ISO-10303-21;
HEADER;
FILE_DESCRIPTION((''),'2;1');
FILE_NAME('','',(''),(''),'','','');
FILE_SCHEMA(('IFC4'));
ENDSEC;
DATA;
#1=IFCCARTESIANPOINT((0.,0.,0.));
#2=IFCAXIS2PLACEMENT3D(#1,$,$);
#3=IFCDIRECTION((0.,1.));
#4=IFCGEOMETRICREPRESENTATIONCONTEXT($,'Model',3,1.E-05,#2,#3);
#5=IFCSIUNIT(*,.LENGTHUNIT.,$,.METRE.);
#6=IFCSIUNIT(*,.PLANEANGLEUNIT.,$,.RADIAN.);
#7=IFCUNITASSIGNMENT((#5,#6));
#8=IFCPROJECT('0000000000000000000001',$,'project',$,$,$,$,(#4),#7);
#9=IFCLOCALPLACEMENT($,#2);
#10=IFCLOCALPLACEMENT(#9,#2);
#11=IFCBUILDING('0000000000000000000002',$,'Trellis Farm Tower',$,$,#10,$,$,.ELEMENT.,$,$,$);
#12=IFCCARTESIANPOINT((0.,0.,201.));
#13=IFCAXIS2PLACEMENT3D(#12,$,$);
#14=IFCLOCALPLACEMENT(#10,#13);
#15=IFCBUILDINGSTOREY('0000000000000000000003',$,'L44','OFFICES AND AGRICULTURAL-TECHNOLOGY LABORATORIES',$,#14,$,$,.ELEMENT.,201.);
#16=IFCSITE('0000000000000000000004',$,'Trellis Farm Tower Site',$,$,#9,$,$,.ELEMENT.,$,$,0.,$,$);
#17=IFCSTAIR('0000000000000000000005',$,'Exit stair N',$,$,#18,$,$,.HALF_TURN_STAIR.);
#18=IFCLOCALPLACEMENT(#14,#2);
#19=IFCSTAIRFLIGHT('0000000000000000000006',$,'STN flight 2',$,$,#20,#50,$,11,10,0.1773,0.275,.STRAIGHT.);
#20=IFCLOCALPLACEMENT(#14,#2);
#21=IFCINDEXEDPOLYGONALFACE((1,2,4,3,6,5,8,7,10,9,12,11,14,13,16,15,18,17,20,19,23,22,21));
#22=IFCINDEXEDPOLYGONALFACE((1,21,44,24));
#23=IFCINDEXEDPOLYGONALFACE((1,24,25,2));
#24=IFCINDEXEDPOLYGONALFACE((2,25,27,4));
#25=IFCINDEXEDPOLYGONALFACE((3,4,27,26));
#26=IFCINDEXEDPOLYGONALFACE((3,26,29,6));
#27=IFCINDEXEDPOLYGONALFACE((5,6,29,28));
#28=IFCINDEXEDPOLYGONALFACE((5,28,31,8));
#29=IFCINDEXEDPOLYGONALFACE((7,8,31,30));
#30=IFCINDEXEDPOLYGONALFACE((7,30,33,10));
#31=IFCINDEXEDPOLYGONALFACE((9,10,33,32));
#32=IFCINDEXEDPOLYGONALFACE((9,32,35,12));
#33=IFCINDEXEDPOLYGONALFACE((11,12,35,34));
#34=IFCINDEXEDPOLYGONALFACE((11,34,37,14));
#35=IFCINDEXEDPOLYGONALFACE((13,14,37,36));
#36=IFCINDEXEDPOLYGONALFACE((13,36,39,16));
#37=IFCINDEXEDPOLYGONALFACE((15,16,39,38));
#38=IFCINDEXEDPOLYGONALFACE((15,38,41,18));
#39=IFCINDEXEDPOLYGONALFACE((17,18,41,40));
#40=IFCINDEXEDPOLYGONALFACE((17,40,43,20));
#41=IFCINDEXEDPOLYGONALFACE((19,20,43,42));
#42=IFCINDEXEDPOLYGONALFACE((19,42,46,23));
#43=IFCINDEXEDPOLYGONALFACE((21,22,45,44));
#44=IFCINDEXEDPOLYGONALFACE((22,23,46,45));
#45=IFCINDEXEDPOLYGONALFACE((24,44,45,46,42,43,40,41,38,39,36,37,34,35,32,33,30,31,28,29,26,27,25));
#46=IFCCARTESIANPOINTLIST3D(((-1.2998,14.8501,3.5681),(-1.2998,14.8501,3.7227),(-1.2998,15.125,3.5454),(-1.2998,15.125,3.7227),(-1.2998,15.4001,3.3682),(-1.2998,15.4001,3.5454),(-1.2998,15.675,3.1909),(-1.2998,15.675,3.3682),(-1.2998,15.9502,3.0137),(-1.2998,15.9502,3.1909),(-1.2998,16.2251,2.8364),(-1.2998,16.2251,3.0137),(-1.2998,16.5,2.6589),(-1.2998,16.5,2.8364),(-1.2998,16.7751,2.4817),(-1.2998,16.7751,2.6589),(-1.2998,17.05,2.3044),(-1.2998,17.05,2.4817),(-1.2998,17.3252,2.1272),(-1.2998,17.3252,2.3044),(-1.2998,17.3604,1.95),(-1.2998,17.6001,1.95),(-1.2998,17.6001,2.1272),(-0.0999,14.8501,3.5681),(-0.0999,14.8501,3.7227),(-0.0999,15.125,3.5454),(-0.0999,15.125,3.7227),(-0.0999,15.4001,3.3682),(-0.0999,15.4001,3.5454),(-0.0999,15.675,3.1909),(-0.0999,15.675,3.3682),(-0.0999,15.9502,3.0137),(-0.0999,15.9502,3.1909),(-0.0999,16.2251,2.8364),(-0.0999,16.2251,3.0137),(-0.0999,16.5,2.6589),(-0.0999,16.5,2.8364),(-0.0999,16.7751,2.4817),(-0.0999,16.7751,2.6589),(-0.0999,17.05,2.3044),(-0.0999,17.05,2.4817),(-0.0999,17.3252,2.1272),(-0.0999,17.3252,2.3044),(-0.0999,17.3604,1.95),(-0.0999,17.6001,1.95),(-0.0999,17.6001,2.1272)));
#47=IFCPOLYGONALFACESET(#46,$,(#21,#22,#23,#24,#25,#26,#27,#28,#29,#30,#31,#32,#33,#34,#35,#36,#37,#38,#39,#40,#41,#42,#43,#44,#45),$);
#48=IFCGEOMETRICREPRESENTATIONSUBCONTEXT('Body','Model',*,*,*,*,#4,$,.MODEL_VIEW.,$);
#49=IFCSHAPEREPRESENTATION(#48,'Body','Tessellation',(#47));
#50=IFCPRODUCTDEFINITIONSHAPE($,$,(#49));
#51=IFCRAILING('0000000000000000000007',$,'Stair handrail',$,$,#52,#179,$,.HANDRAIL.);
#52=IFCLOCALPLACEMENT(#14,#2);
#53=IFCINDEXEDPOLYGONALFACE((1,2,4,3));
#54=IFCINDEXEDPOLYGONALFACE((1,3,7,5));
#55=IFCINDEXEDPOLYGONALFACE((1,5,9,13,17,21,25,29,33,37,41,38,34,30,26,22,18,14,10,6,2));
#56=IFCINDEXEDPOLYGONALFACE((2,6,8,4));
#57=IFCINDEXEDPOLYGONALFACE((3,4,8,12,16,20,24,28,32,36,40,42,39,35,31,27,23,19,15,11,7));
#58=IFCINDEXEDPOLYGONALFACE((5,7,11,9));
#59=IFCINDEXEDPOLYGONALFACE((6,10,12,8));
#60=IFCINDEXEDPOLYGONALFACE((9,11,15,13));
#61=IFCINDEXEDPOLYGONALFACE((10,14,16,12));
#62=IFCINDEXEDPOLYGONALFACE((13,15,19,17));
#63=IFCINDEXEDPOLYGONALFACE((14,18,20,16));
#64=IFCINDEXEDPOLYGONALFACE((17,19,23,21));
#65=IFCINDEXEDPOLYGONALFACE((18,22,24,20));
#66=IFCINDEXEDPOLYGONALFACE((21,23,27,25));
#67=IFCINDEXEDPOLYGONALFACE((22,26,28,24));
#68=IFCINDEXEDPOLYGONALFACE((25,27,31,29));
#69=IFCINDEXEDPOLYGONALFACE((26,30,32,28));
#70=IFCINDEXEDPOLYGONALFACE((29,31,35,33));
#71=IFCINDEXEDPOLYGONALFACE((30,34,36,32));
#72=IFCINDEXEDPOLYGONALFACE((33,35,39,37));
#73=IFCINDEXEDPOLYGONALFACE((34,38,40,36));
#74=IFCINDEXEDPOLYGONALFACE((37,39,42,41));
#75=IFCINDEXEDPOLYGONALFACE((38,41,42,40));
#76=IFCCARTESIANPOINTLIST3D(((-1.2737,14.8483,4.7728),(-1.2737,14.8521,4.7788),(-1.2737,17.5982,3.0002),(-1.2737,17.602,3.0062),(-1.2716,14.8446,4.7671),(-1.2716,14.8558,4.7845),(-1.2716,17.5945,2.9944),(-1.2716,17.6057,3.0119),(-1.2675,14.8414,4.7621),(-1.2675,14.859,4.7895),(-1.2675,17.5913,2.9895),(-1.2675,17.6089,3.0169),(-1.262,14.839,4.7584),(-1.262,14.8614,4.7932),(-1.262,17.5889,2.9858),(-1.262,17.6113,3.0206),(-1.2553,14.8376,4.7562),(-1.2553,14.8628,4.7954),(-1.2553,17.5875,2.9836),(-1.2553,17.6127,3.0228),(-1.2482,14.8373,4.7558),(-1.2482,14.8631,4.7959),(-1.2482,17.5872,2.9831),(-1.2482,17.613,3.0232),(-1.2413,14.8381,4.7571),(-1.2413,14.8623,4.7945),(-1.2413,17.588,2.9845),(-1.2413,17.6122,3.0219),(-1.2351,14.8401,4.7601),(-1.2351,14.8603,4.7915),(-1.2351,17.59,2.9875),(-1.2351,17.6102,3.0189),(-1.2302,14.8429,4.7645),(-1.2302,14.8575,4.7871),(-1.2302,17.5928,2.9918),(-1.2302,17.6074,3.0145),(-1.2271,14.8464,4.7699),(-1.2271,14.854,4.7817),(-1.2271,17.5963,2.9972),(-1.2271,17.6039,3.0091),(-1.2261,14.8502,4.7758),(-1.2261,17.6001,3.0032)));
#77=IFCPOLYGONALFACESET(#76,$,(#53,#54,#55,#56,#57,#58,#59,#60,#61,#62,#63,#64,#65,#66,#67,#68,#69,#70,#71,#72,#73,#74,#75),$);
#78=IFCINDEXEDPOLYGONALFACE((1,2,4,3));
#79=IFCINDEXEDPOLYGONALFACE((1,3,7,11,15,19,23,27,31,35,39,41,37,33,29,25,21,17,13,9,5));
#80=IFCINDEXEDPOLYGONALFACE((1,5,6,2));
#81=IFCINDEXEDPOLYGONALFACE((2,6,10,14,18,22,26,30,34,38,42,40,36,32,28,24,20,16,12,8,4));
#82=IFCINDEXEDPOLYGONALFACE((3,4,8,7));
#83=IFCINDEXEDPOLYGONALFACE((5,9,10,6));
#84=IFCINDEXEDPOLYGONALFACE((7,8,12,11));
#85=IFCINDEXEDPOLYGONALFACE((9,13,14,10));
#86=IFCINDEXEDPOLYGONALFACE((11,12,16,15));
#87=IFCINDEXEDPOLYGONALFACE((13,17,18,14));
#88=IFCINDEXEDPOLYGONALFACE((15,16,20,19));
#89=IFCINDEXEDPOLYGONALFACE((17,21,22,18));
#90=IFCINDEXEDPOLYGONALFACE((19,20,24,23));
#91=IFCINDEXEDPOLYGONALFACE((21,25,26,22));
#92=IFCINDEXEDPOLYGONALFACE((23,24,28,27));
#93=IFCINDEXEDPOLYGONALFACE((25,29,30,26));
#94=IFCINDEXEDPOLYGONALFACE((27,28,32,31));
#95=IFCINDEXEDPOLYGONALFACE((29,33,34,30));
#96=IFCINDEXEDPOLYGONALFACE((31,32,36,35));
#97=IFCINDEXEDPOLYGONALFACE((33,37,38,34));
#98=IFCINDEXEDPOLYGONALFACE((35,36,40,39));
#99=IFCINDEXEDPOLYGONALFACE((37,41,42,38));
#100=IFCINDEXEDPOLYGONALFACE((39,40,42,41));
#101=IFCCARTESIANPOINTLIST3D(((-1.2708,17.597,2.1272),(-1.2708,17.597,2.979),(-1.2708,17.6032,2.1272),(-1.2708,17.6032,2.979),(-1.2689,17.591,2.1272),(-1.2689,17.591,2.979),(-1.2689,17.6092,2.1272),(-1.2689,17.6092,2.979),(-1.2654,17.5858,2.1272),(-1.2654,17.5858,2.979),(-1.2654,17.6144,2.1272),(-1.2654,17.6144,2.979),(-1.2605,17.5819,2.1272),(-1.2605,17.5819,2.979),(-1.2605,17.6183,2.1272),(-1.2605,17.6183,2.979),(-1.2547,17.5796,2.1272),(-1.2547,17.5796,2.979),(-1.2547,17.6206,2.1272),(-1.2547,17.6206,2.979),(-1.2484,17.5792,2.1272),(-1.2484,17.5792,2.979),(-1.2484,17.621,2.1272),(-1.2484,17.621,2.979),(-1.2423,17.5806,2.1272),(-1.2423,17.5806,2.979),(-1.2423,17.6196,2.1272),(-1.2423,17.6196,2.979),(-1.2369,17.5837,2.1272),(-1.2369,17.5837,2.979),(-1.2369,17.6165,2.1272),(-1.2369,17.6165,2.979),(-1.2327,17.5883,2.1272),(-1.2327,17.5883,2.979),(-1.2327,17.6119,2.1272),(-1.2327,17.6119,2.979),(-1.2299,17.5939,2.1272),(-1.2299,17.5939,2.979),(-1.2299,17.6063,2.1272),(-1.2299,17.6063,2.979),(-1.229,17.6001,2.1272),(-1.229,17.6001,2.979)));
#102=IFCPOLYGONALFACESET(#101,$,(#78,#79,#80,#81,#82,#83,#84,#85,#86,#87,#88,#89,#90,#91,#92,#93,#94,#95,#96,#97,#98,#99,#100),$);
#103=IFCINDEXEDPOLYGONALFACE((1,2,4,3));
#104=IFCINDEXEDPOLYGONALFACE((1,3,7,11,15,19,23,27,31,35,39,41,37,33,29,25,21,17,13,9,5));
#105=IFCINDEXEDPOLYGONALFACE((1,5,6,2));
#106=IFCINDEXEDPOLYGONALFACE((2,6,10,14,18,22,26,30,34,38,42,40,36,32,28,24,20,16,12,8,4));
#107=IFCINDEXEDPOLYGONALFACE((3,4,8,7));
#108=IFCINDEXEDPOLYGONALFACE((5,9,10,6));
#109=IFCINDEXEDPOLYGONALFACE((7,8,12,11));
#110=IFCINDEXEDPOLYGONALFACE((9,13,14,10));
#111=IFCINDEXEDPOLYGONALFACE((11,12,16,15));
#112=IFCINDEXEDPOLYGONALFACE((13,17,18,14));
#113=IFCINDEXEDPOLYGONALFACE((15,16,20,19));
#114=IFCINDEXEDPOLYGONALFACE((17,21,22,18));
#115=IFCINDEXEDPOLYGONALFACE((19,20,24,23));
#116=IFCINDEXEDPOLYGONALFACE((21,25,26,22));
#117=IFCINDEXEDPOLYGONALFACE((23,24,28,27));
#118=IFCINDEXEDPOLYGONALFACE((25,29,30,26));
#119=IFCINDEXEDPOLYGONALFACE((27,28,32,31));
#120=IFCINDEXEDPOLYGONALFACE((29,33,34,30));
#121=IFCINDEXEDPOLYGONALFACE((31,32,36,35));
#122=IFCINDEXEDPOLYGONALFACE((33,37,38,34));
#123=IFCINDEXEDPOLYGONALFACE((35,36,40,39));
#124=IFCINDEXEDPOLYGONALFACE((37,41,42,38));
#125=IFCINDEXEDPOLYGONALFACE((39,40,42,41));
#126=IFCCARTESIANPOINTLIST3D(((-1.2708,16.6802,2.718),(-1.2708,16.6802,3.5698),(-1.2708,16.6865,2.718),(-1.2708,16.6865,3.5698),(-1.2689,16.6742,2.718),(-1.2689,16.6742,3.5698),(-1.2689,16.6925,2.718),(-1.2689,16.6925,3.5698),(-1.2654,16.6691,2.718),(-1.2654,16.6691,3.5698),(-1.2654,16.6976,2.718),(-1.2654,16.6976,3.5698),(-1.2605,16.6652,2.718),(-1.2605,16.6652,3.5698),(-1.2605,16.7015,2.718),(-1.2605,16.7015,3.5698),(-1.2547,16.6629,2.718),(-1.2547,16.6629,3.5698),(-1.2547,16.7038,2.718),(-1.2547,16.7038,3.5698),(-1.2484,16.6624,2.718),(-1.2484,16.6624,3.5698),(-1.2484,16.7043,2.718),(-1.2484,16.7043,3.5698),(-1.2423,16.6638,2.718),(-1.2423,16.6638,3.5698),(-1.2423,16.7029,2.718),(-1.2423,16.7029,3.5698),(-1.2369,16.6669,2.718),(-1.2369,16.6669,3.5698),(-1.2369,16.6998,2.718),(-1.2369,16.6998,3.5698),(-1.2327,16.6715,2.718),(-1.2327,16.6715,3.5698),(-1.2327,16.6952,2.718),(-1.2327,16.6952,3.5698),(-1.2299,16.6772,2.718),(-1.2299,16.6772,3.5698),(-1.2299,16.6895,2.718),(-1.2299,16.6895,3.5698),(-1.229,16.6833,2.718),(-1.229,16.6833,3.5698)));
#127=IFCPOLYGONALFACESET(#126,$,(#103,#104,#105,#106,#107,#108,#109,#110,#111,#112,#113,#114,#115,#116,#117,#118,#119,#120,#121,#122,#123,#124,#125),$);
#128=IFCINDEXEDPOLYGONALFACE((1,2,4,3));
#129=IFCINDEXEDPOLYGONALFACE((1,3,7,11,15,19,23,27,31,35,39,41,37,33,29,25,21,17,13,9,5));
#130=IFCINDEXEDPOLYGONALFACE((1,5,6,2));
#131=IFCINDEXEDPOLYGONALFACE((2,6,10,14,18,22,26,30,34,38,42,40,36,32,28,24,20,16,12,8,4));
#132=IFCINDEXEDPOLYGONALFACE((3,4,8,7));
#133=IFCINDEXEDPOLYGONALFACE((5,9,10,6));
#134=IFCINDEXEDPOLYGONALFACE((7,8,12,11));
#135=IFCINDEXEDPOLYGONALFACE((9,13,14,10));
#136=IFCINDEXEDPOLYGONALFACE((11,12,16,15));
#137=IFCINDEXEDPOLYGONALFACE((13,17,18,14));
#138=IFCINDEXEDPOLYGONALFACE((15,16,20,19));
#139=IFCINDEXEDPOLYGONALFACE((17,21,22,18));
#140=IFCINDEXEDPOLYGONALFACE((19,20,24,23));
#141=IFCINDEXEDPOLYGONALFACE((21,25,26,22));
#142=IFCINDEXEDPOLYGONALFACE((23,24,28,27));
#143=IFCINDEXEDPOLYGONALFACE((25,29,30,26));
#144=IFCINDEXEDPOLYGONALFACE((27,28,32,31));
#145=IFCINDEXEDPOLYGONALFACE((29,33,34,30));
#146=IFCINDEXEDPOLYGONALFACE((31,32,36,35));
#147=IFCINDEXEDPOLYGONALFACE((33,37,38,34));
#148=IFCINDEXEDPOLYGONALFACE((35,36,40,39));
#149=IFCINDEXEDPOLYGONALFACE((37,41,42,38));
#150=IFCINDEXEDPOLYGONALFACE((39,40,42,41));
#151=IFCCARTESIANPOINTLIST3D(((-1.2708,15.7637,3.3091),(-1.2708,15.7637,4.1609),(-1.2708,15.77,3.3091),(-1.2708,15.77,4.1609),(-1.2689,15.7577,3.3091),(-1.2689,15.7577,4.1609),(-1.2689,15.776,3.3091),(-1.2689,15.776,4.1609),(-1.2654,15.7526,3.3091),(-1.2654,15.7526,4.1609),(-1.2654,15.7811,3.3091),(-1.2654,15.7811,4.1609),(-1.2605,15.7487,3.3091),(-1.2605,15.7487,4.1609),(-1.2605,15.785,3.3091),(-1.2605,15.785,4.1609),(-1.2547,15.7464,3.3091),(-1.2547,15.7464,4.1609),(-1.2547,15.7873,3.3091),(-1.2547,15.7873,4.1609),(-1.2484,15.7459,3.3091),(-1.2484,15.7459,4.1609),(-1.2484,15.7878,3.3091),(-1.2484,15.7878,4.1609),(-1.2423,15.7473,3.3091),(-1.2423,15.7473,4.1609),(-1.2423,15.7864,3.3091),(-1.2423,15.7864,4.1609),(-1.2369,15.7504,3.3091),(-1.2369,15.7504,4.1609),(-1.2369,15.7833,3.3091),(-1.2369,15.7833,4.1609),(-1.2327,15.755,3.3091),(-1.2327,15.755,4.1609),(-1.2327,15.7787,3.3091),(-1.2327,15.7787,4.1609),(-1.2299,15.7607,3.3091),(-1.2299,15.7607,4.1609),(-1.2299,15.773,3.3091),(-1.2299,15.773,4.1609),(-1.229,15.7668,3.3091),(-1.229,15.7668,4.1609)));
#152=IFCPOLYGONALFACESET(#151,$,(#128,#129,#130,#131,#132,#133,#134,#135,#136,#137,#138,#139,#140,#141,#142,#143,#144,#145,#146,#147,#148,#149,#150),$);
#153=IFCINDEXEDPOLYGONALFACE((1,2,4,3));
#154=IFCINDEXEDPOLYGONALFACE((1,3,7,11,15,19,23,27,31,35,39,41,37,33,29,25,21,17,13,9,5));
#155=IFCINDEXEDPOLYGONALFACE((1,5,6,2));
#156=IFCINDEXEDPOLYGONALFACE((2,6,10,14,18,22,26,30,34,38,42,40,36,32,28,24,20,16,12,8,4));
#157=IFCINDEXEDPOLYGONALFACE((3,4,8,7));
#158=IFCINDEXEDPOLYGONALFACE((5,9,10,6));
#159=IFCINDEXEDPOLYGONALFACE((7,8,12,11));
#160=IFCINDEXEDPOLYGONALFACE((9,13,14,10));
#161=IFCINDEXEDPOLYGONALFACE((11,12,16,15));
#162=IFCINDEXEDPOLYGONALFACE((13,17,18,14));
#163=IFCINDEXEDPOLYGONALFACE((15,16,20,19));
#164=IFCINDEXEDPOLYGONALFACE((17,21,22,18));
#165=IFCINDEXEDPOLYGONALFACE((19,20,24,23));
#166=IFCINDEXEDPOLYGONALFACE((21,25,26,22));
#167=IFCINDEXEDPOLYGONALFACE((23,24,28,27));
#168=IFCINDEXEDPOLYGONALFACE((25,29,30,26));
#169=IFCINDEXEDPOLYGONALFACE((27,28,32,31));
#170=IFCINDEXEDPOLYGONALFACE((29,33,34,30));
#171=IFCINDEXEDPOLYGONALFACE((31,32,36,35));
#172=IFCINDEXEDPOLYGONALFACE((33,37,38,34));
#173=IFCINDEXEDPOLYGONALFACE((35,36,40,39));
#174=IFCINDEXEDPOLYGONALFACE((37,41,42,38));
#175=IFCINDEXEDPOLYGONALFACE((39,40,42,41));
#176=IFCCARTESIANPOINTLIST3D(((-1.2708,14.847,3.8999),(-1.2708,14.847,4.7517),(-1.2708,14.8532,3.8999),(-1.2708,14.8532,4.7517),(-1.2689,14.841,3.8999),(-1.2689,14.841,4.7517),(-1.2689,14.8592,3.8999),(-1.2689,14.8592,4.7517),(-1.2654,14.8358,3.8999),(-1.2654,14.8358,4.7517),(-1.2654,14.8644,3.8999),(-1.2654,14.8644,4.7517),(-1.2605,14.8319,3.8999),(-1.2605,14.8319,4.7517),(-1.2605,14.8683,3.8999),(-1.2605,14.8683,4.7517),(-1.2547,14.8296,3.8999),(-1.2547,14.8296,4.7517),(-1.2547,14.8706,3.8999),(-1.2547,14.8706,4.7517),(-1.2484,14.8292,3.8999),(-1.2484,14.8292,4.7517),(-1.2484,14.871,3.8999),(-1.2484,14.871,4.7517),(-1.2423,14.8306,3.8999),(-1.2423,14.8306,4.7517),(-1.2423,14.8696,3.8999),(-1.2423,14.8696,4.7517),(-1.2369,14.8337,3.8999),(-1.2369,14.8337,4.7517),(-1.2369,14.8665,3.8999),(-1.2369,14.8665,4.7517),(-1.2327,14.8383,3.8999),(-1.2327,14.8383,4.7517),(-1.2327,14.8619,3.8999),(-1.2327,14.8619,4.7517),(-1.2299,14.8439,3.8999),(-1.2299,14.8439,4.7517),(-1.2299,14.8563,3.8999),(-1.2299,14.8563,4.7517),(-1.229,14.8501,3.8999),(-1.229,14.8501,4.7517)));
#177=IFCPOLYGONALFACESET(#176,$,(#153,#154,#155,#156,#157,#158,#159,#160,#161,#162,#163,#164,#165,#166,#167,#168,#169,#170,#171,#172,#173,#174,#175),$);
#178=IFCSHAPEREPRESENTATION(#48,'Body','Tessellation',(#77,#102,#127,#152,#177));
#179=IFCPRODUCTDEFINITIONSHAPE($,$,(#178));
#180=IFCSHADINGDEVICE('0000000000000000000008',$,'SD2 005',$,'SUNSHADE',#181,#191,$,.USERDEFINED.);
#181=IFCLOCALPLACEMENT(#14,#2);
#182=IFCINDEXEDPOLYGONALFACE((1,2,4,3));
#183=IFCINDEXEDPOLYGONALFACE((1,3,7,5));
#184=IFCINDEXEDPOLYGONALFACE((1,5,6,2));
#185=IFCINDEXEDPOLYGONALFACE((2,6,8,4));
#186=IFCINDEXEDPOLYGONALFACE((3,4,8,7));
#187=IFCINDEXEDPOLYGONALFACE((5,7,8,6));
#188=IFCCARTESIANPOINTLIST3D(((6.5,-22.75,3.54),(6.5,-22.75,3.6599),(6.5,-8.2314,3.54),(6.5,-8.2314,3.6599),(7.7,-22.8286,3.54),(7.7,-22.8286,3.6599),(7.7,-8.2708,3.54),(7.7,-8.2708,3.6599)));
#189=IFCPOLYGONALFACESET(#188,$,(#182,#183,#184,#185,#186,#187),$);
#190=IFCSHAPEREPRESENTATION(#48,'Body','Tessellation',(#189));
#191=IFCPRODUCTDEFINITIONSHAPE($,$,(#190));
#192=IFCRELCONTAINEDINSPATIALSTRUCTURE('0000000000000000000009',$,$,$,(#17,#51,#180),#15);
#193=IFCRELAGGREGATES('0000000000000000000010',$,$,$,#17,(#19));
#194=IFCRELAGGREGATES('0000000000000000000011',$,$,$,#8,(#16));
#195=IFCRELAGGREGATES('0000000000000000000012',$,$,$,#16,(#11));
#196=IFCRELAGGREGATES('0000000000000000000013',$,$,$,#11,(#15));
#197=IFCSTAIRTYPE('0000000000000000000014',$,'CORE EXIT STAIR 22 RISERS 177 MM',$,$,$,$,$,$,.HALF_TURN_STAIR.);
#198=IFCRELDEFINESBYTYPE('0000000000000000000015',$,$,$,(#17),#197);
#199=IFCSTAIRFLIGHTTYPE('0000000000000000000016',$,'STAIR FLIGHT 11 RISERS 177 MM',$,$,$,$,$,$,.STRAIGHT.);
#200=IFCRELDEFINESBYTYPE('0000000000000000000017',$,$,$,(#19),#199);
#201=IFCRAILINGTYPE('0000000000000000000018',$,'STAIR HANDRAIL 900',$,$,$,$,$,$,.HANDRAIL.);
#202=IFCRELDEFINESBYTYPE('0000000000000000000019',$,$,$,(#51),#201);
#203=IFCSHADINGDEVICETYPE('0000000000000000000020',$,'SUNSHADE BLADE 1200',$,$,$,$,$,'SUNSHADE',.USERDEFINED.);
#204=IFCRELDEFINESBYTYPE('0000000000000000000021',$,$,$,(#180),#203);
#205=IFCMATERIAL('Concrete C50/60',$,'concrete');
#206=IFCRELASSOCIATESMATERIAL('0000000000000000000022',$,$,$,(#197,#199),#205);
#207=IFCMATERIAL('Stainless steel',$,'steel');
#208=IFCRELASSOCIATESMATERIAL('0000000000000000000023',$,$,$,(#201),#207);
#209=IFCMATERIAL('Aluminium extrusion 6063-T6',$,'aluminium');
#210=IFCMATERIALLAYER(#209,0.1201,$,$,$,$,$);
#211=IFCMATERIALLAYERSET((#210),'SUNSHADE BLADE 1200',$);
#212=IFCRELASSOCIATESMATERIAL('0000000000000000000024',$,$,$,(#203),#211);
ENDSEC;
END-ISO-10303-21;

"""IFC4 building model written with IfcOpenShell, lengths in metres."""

from ifc_helpers import new_model, si_unit, direction, frame, origin, origin_2d, place, context, subcontext, project, spatial, polyline, circle, outline, extrude, source, transform, mapped, material, layer, layer_set, type_object, element, aggregate, save


model = new_model("IFC4")

# Units and contexts
model_context = context("Model", 3, precision=1e-05, world=origin(), true_north=direction((0.0, 1.0)))
body_context = subcontext(model_context, "Body", "Model", "MODEL_VIEW")
ifc_project = project(units=[si_unit("LENGTHUNIT", "METRE"), si_unit("PLANEANGLEUNIT", "RADIAN")], contexts=[model_context])

# Site, building, storey
site_placement = place(None, origin())
site = spatial("IfcSite", under=ifc_project, at=site_placement, Name="Trellis Farm Tower Site", CompositionType="ELEMENT", RefElevation=0.0)
building_placement = place(site_placement, origin())
building = spatial("IfcBuilding", under=site, at=building_placement, Name="Trellis Farm Tower", CompositionType="ELEMENT")
storey_placement = place(building_placement, frame((0.0, 0.0, 201.0)))
storey = spatial("IfcBuildingStorey", under=building, at=storey_placement, Name="L44", Description="OFFICES AND AGRICULTURAL-TECHNOLOGY LABORATORIES", CompositionType="ELEMENT", Elevation=201.0)

# Shared definitions
placement = place(storey_placement, origin())
ifc_material_1 = material(Name="Aluminium extrusion 6063-T6", Category="aluminium")

# Stair, stair flight
ifc_material_2 = material(Name="Concrete C50/60", Category="concrete")
stair_type = type_object("IfcStairType", Name="CORE EXIT STAIR 22 RISERS 177 MM", PredefinedType="HALF_TURN_STAIR", material=ifc_material_2)
stair = element("IfcStair", 1, at=placement, inside=storey, type_object=stair_type, Name="Exit stair N", PredefinedType="HALF_TURN_STAIR")
stair_flight_type = type_object("IfcStairFlightType", Name="STAIR FLIGHT 11 RISERS 177 MM", PredefinedType="STRAIGHT", material=ifc_material_2)
shared_shape_1 = source(origin(), body_context, "Body", "SweptSolid", [
    extrude(outline(polyline([(0.0, 0.0), (0.0, 0.1772), (0.2749, 0.1772), (0.2749, 0.3545), (0.55, 0.3545), (0.55, 0.5317), (0.825, 0.5317), (0.825, 0.709), (1.1001, 0.709), (1.1001, 0.8865), (1.375, 0.8865), (1.375, 1.0637), (1.6499, 1.0637), (1.6499, 1.241), (1.925, 1.241), (1.925, 1.4182), (2.2, 1.4182), (2.2, 1.5955), (2.4751, 1.5955), (2.4751, 1.7727), (2.75, 1.7727), (2.75, 1.95), (2.75, 1.6182), (0.2397, 0.0), (0.0, 0.0)])), frame((0.0, 0.6001, 0.0), z_axis=(0.0, -1.0, 0.0), x_axis=(1.0, 0.0, 0.0)), (0.0, 0.0, 1.0), 1.2),
])
stair_flight_placement = place(storey_placement, frame((-0.7, 17.6001, 1.95), z_axis=(0.0, 0.0, 1.0), x_axis=(0.0, -1.0, 0.0)))
stair_flight = element("IfcStairFlight", 2, at=stair_flight_placement, type_object=stair_flight_type, Name="STN flight 2", NumberOfRisers=11, NumberOfTreads=10, PredefinedType="STRAIGHT", RiserHeight=0.1773, TreadLength=0.275, context=body_context, shape_type="MappedRepresentation", body=[
    mapped(shared_shape_1, transform((0.0, 0.0, 0.0))),
])
aggregate(stair, [stair_flight])

# Railing
ifc_material_3 = material(Name="Stainless steel", Category="steel")
railing_type = type_object("IfcRailingType", Name="STAIR HANDRAIL 900", PredefinedType="HANDRAIL", material=ifc_material_3)
shared_shape_2 = source(origin(), body_context, "Body", "SweptSolid", [
    extrude(circle(Radius=0.0239, at=origin_2d()), frame((0.0, 0.0, 0.876), z_axis=(0.0, -0.840504, 0.541806), x_axis=(1.0, 0.0, 0.0)), (0.0, 0.0, 1.0), 3.2717),
    extrude(circle(Radius=0.021, at=origin_2d()), origin(), (0.0, 0.0, 1.0), 0.8518),
    extrude(circle(Radius=0.021, at=origin_2d()), frame((0.0, -0.9167, 0.5908)), (0.0, 0.0, 1.0), 0.8518),
    extrude(circle(Radius=0.021, at=origin_2d()), frame((0.0, -1.8333, 1.1819)), (0.0, 0.0, 1.0), 0.8518),
    extrude(circle(Radius=0.021, at=origin_2d()), frame((0.0, -2.75, 1.7727)), (0.0, 0.0, 1.0), 0.8518),
])
railing_placement = place(storey_placement, frame((-1.25, 17.6001, 2.1272)))
element("IfcRailing", 3, at=railing_placement, inside=storey, type_object=railing_type, Name="Stair handrail", PredefinedType="HANDRAIL", context=body_context, shape_type="MappedRepresentation", body=[
    mapped(shared_shape_2, transform((0.0, 0.0, 0.0))),
])

# Shading device
ifc_layer_1 = layer(ifc_material_1, 0.1201)
ifc_layer_set_1 = layer_set([ifc_layer_1], Name="SUNSHADE BLADE 1200")
shading_device_type = type_object("IfcShadingDeviceType", Name="SUNSHADE BLADE 1200", ElementType="SUNSHADE", PredefinedType="USERDEFINED", material=ifc_layer_set_1)
shared_shape_3 = source(origin(), body_context, "Body", "SweptSolid", [
    extrude(outline(polyline([(7.7, -22.8286), (7.7, -8.2708), (6.5, -8.2314), (6.5, -22.75), (7.7, -22.8286)])), origin(), (0.0, 0.0, 1.0), 0.1199),
])
shading_device_placement = place(storey_placement, frame((0.0, 0.0, 3.54)))
element("IfcShadingDevice", 4, at=shading_device_placement, inside=storey, type_object=shading_device_type, Name="SD2 005", ObjectType="SUNSHADE", PredefinedType="USERDEFINED", context=body_context, shape_type="MappedRepresentation", body=[
    mapped(shared_shape_3, transform((0.0, 0.0, 0.0))),
])

save(model, "model.ifc")
